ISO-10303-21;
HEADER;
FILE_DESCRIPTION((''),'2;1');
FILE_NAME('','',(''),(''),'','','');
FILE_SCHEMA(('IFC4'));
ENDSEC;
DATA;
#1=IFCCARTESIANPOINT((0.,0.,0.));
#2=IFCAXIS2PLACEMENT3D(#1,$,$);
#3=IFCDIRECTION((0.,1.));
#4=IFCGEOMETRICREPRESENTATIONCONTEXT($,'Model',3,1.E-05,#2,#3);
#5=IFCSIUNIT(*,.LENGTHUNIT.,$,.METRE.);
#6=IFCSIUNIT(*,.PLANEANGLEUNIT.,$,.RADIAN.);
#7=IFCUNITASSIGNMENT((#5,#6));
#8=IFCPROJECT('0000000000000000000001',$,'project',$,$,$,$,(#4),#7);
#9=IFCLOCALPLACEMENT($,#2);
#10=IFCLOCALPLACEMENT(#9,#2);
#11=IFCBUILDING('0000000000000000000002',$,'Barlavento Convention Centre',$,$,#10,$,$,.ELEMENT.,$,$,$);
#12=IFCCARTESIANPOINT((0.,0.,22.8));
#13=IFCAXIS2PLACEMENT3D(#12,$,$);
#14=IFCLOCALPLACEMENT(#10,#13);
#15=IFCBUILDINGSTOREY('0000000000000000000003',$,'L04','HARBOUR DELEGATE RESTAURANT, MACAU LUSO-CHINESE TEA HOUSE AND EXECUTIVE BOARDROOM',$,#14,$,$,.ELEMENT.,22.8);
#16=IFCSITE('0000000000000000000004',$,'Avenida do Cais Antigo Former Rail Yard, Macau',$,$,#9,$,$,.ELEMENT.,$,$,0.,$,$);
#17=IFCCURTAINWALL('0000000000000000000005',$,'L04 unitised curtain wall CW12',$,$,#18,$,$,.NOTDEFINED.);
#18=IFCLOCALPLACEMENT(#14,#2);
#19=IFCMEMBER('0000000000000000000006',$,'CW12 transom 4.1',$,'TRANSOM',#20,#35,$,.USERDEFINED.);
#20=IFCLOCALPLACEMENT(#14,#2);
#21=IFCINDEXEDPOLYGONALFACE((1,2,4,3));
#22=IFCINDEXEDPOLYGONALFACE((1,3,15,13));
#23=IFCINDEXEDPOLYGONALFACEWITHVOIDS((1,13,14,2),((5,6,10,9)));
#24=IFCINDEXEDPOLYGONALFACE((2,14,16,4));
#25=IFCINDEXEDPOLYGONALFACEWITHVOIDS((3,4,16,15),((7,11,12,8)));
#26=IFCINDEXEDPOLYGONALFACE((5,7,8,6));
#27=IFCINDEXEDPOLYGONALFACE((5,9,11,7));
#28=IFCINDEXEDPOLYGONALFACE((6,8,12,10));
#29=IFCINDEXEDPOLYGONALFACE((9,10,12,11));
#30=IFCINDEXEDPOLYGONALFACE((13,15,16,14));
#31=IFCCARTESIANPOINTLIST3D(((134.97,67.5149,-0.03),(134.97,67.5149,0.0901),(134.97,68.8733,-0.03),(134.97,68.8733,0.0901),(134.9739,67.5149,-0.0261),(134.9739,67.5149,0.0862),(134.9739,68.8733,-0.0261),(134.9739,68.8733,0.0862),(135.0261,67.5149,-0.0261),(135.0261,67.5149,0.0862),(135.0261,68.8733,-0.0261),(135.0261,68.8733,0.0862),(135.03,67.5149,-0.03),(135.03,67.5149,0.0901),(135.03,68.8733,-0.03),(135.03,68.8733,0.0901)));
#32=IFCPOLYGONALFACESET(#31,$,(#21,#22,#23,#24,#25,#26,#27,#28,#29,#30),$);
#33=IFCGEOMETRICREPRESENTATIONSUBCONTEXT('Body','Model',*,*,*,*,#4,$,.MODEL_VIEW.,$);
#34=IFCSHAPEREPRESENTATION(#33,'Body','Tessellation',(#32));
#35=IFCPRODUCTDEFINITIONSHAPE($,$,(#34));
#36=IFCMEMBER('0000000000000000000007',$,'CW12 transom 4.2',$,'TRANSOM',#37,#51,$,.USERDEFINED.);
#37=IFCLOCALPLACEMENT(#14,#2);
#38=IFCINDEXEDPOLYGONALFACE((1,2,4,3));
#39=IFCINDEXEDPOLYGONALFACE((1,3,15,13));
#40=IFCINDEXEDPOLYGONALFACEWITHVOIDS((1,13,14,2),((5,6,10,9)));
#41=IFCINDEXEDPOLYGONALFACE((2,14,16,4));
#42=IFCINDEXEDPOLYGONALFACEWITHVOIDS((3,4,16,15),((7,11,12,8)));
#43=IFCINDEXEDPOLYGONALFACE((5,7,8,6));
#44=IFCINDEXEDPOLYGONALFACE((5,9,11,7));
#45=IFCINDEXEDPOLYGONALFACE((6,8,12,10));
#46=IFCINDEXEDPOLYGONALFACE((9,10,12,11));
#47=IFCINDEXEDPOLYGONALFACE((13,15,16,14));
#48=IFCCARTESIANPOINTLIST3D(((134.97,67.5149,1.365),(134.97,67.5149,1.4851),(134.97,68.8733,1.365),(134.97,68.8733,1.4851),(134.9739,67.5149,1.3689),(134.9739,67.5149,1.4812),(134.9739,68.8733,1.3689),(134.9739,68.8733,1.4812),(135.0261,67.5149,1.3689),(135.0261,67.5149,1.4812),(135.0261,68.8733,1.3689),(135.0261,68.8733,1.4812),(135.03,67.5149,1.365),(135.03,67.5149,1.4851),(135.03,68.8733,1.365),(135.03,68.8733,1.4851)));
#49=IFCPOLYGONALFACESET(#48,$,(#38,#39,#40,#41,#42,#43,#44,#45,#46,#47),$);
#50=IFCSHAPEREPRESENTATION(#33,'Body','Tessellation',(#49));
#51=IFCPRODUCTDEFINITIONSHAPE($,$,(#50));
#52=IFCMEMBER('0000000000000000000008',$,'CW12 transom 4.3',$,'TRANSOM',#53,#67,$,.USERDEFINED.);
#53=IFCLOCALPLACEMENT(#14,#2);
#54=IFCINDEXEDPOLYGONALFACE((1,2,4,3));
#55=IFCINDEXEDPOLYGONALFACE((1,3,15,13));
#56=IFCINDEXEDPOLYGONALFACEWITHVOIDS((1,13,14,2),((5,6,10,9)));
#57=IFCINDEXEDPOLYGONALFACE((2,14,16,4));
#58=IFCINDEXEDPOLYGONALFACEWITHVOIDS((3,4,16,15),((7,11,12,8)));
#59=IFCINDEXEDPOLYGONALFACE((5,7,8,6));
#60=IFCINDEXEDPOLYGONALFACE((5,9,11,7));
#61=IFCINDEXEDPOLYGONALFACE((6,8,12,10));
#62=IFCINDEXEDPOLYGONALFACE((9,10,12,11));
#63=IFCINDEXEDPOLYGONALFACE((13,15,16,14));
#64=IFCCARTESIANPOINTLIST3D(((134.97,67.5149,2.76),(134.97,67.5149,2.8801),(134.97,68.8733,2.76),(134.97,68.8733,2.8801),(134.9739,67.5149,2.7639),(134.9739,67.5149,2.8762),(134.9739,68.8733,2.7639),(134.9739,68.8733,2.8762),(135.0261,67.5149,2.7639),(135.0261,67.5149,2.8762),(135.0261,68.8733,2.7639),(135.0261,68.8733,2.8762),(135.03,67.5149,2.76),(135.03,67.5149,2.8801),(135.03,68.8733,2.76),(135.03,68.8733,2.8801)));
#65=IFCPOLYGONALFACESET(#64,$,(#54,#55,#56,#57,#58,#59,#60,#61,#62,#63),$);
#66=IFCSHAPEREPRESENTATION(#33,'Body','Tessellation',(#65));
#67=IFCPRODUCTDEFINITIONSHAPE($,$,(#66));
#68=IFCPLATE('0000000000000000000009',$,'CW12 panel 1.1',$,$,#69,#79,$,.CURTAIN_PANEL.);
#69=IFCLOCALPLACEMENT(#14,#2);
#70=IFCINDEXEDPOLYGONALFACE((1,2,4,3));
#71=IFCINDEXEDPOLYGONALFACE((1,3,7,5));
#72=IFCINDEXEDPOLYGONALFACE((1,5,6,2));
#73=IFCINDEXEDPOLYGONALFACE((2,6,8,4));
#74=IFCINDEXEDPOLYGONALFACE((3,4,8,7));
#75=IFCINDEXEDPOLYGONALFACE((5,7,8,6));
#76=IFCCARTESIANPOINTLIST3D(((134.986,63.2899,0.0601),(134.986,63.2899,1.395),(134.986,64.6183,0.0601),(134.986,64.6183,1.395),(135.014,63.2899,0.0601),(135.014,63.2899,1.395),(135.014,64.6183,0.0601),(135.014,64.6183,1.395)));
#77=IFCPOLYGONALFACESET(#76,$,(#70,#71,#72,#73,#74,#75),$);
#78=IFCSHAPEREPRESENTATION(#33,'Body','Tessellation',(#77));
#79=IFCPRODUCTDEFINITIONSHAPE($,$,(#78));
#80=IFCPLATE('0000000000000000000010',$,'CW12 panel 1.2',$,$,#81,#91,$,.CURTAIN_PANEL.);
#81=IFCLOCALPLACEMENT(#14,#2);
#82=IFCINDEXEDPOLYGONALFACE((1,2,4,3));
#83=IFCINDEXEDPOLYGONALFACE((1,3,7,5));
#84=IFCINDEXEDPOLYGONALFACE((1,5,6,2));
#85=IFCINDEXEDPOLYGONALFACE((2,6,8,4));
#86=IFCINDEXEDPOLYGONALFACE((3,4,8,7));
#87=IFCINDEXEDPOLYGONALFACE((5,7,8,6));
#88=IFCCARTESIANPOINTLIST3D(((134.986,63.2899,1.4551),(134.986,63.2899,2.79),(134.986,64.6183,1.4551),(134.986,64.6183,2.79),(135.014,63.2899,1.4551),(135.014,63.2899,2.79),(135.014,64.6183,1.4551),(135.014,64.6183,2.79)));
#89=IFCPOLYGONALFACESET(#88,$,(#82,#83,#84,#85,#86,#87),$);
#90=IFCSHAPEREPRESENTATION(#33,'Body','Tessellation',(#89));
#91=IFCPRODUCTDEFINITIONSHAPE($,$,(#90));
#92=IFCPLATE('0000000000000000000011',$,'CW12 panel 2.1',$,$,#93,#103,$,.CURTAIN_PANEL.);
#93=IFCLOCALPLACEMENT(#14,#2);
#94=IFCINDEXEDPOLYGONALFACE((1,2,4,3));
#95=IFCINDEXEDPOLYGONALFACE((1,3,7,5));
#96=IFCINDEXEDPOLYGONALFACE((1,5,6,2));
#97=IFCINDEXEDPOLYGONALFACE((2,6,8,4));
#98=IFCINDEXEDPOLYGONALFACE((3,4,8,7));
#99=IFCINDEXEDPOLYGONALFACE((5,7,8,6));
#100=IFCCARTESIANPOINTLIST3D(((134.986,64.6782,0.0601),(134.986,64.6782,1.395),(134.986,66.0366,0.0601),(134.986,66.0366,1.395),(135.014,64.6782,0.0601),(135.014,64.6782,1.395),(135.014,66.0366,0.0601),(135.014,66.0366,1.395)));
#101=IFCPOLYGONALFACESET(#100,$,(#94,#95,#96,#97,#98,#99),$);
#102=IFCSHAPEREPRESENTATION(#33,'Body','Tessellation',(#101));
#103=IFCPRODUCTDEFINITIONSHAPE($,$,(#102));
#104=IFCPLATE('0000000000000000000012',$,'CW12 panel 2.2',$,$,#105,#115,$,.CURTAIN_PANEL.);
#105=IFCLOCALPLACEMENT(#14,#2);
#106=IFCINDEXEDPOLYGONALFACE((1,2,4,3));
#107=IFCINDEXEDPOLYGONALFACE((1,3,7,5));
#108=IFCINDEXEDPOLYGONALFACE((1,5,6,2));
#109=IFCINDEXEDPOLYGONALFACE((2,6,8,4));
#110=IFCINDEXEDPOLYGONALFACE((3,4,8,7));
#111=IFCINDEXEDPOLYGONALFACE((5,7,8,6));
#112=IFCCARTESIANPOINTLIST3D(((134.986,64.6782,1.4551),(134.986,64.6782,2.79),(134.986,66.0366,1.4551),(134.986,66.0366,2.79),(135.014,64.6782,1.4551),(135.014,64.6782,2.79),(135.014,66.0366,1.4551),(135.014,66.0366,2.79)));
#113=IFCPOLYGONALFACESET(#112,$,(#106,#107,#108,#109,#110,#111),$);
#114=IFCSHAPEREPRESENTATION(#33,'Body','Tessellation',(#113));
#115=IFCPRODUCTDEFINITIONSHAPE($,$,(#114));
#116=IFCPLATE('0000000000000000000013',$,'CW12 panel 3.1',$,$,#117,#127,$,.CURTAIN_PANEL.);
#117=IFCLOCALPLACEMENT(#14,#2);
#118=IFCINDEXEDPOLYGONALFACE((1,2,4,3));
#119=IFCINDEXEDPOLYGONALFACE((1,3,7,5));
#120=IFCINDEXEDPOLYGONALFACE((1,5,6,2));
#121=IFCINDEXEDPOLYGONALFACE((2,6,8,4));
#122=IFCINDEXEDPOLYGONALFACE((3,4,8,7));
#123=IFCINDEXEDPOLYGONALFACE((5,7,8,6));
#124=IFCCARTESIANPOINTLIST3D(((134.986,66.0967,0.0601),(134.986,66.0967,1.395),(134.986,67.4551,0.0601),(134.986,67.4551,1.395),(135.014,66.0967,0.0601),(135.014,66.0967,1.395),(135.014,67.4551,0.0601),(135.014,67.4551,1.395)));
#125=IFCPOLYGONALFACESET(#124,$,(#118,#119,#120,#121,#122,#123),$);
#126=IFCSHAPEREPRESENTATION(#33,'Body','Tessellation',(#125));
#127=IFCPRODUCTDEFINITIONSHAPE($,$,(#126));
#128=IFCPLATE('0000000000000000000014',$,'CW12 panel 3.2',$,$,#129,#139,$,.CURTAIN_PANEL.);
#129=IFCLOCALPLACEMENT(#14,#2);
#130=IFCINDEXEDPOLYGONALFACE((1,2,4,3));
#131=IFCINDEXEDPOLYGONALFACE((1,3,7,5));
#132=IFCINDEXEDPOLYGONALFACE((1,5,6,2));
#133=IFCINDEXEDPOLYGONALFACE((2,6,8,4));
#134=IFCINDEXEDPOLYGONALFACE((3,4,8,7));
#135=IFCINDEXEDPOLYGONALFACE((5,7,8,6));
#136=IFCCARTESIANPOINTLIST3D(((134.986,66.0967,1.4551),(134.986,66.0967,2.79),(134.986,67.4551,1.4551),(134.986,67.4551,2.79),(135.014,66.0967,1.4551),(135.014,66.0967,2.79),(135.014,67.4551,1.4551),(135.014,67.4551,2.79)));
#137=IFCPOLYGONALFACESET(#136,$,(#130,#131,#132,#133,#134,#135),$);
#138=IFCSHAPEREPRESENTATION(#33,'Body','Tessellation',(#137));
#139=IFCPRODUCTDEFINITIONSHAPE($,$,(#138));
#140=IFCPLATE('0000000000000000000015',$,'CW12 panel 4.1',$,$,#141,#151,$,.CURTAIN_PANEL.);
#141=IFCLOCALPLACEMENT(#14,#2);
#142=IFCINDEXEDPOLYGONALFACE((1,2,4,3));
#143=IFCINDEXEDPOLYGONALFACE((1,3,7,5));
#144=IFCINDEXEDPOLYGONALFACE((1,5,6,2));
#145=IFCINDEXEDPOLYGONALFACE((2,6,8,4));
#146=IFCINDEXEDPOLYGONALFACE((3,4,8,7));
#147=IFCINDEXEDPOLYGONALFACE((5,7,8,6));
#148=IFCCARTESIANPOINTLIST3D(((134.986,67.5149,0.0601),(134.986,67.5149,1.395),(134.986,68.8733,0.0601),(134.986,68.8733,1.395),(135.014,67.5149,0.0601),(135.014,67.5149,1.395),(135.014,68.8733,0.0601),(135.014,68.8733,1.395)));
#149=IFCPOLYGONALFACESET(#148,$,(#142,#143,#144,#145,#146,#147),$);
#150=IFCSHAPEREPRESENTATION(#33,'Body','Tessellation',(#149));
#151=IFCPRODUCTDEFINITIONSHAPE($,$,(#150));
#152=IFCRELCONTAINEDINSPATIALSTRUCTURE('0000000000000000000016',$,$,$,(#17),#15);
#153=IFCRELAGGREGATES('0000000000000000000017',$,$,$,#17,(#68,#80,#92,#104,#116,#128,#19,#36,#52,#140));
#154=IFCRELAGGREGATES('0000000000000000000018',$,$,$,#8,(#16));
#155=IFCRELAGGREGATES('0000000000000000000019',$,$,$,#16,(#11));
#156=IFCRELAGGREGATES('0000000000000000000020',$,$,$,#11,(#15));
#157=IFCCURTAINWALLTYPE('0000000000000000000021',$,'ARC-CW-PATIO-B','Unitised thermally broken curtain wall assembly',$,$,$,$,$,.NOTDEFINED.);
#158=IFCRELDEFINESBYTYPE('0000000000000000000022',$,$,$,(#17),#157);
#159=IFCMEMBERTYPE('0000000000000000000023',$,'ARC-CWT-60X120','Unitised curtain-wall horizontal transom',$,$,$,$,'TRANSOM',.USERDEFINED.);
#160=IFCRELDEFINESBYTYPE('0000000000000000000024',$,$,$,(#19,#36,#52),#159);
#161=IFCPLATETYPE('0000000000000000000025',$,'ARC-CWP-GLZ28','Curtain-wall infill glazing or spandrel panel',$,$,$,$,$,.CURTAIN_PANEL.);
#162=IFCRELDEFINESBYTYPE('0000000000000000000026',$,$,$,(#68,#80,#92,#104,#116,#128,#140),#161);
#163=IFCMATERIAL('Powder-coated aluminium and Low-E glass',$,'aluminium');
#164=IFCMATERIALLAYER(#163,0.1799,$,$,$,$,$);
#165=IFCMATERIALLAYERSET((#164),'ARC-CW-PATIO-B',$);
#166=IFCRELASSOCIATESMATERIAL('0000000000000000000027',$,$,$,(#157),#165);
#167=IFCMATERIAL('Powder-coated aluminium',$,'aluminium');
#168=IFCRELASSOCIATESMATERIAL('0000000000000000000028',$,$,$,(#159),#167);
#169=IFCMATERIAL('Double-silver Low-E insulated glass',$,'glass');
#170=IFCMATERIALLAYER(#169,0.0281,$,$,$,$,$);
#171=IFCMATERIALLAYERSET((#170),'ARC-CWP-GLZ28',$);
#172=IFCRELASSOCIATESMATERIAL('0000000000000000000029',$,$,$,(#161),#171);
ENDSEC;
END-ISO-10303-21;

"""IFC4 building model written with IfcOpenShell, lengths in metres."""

from ifc_helpers import new_model, si_unit, direction, frame, origin, origin_2d, place, context, subcontext, project, spatial, rectangle, hollow_rectangle, extrude, material, layer, layer_set, material_profile, profile_set, type_object, element, aggregate, save


model = new_model("IFC4")

# Units and contexts
model_context = context("Model", 3, precision=1e-05, world=origin(), true_north=direction((0.0, 1.0)))
body_context = subcontext(model_context, "Body", "Model", "MODEL_VIEW")
ifc_project = project(units=[si_unit("LENGTHUNIT", "METRE"), si_unit("PLANEANGLEUNIT", "RADIAN")], contexts=[model_context])

# Site, building, storey
site_placement = place(None, origin())
site = spatial("IfcSite", under=ifc_project, at=site_placement, Name="Avenida do Cais Antigo Former Rail Yard, Macau", CompositionType="ELEMENT", RefElevation=0.0)
building_placement = place(site_placement, origin())
building = spatial("IfcBuilding", under=site, at=building_placement, Name="Barlavento Convention Centre", CompositionType="ELEMENT")
storey_placement = place(building_placement, frame((0.0, 0.0, 22.8)))
storey = spatial("IfcBuildingStorey", under=building, at=storey_placement, Name="L04", Description="HARBOUR DELEGATE RESTAURANT, MACAU LUSO-CHINESE TEA HOUSE AND EXECUTIVE BOARDROOM", CompositionType="ELEMENT", Elevation=22.8)

# Curtain wall, members, plates
ifc_material_1 = material(Name="Powder-coated aluminium and Low-E glass", Category="aluminium")
ifc_layer_1 = layer(ifc_material_1, 0.1799)
ifc_layer_set_1 = layer_set([ifc_layer_1], Name="ARC-CW-PATIO-B")
curtain_wall_type = type_object("IfcCurtainWallType", Name="ARC-CW-PATIO-B", Description="Unitised thermally broken curtain wall assembly", PredefinedType="NOTDEFINED", material=ifc_layer_set_1)
curtain_wall_placement = place(storey_placement, origin())
curtain_wall = element("IfcCurtainWall", 1, at=curtain_wall_placement, inside=storey, type_object=curtain_wall_type, Name="L04 unitised curtain wall CW12", PredefinedType="NOTDEFINED")
ifc_material_2 = material(Name="Powder-coated aluminium", Category="aluminium")
ifc_material_profile_1 = material_profile(ifc_material_2, hollow_rectangle(XDim=0.0601, YDim=0.1201, WallThickness=0.0039, at=origin_2d()), Name="AL-TRAN 60x120x4")
ifc_profile_set_1 = profile_set([ifc_material_profile_1], Name="Powder-coated aluminium")
member_type_1 = type_object("IfcMemberType", Name="ARC-CWT-60X120", Description="Unitised curtain-wall horizontal transom", ElementType="TRANSOM", PredefinedType="USERDEFINED", material=ifc_profile_set_1)
member_1_placement = place(storey_placement, frame((135.0, 67.5149, 0.03), z_axis=(0.0, 1.0, 0.0), x_axis=(-1.0, 0.0, 0.0)))
member_1 = element("IfcMember", 2, at=member_1_placement, type_object=member_type_1, Name="CW12 transom 4.1", ObjectType="TRANSOM", PredefinedType="USERDEFINED", context=body_context, shape_type="SweptSolid", body=[
    extrude(hollow_rectangle(XDim=0.0601, YDim=0.1201, WallThickness=0.0039, at=origin_2d()), origin(), (0.0, 0.0, 1.0), 1.3584),
])
member_2_placement = place(storey_placement, frame((135.0, 67.5149, 1.425), z_axis=(0.0, 1.0, 0.0), x_axis=(-1.0, 0.0, 0.0)))
member_2 = element("IfcMember", 3, at=member_2_placement, type_object=member_type_1, Name="CW12 transom 4.2", ObjectType="TRANSOM", PredefinedType="USERDEFINED", context=body_context, shape_type="SweptSolid", body=[
    extrude(hollow_rectangle(XDim=0.0601, YDim=0.1201, WallThickness=0.0039, at=origin_2d()), origin(), (0.0, 0.0, 1.0), 1.3584),
])
member_3_placement = place(storey_placement, frame((135.0, 67.5149, 2.8201), z_axis=(0.0, 1.0, 0.0), x_axis=(-1.0, 0.0, 0.0)))
member_3 = element("IfcMember", 4, at=member_3_placement, type_object=member_type_1, Name="CW12 transom 4.3", ObjectType="TRANSOM", PredefinedType="USERDEFINED", context=body_context, shape_type="SweptSolid", body=[
    extrude(hollow_rectangle(XDim=0.0601, YDim=0.1201, WallThickness=0.0039, at=origin_2d()), origin(), (0.0, 0.0, 1.0), 1.3584),
])
ifc_material_3 = material(Name="Double-silver Low-E insulated glass", Category="glass")
ifc_layer_2 = layer(ifc_material_3, 0.0281)
ifc_layer_set_2 = layer_set([ifc_layer_2], Name="ARC-CWP-GLZ28")
plate_type = type_object("IfcPlateType", Name="ARC-CWP-GLZ28", Description="Curtain-wall infill glazing or spandrel panel", PredefinedType="CURTAIN_PANEL", material=ifc_layer_set_2)
plate_1_placement = place(storey_placement, frame((135.0, 63.9541, 0.0601), z_axis=(0.0, 0.0, 1.0), x_axis=(0.0, 1.0, 0.0)))
plate_1 = element("IfcPlate", 5, at=plate_1_placement, type_object=plate_type, Name="CW12 panel 1.1", PredefinedType="CURTAIN_PANEL", context=body_context, shape_type="SweptSolid", body=[
    extrude(rectangle(XDim=1.3284, YDim=0.0281, at=origin_2d()), origin(), (0.0, 0.0, 1.0), 1.335),
])
plate_2_placement = place(storey_placement, frame((135.0, 63.9541, 1.4551), z_axis=(0.0, 0.0, 1.0), x_axis=(0.0, 1.0, 0.0)))
plate_2 = element("IfcPlate", 6, at=plate_2_placement, type_object=plate_type, Name="CW12 panel 1.2", PredefinedType="CURTAIN_PANEL", context=body_context, shape_type="SweptSolid", body=[
    extrude(rectangle(XDim=1.3284, YDim=0.0281, at=origin_2d()), origin(), (0.0, 0.0, 1.0), 1.335),
])
plate_3_placement = place(storey_placement, frame((135.0, 65.3574, 0.0601), z_axis=(0.0, 0.0, 1.0), x_axis=(0.0, 1.0, 0.0)))
plate_3 = element("IfcPlate", 7, at=plate_3_placement, type_object=plate_type, Name="CW12 panel 2.1", PredefinedType="CURTAIN_PANEL", context=body_context, shape_type="SweptSolid", body=[
    extrude(rectangle(XDim=1.3584, YDim=0.0281, at=origin_2d()), origin(), (0.0, 0.0, 1.0), 1.335),
])
plate_4_placement = place(storey_placement, frame((135.0, 65.3574, 1.4551), z_axis=(0.0, 0.0, 1.0), x_axis=(0.0, 1.0, 0.0)))
plate_4 = element("IfcPlate", 8, at=plate_4_placement, type_object=plate_type, Name="CW12 panel 2.2", PredefinedType="CURTAIN_PANEL", context=body_context, shape_type="SweptSolid", body=[
    extrude(rectangle(XDim=1.3584, YDim=0.0281, at=origin_2d()), origin(), (0.0, 0.0, 1.0), 1.335),
])
plate_5_placement = place(storey_placement, frame((135.0, 66.7759, 0.0601), z_axis=(0.0, 0.0, 1.0), x_axis=(0.0, 1.0, 0.0)))
plate_5 = element("IfcPlate", 9, at=plate_5_placement, type_object=plate_type, Name="CW12 panel 3.1", PredefinedType="CURTAIN_PANEL", context=body_context, shape_type="SweptSolid", body=[
    extrude(rectangle(XDim=1.3584, YDim=0.0281, at=origin_2d()), origin(), (0.0, 0.0, 1.0), 1.335),
])
plate_6_placement = place(storey_placement, frame((135.0, 66.7759, 1.4551), z_axis=(0.0, 0.0, 1.0), x_axis=(0.0, 1.0, 0.0)))
plate_6 = element("IfcPlate", 10, at=plate_6_placement, type_object=plate_type, Name="CW12 panel 3.2", PredefinedType="CURTAIN_PANEL", context=body_context, shape_type="SweptSolid", body=[
    extrude(rectangle(XDim=1.3584, YDim=0.0281, at=origin_2d()), origin(), (0.0, 0.0, 1.0), 1.335),
])
plate_7_placement = place(storey_placement, frame((135.0, 68.1941, 0.0601), z_axis=(0.0, 0.0, 1.0), x_axis=(0.0, 1.0, 0.0)))
plate_7 = element("IfcPlate", 11, at=plate_7_placement, type_object=plate_type, Name="CW12 panel 4.1", PredefinedType="CURTAIN_PANEL", context=body_context, shape_type="SweptSolid", body=[
    extrude(rectangle(XDim=1.3584, YDim=0.0281, at=origin_2d()), origin(), (0.0, 0.0, 1.0), 1.335),
])
aggregate(curtain_wall, [plate_1, plate_2, plate_3, plate_4, plate_5, plate_6, member_1, member_2, member_3, plate_7])

save(model, "model.ifc")
